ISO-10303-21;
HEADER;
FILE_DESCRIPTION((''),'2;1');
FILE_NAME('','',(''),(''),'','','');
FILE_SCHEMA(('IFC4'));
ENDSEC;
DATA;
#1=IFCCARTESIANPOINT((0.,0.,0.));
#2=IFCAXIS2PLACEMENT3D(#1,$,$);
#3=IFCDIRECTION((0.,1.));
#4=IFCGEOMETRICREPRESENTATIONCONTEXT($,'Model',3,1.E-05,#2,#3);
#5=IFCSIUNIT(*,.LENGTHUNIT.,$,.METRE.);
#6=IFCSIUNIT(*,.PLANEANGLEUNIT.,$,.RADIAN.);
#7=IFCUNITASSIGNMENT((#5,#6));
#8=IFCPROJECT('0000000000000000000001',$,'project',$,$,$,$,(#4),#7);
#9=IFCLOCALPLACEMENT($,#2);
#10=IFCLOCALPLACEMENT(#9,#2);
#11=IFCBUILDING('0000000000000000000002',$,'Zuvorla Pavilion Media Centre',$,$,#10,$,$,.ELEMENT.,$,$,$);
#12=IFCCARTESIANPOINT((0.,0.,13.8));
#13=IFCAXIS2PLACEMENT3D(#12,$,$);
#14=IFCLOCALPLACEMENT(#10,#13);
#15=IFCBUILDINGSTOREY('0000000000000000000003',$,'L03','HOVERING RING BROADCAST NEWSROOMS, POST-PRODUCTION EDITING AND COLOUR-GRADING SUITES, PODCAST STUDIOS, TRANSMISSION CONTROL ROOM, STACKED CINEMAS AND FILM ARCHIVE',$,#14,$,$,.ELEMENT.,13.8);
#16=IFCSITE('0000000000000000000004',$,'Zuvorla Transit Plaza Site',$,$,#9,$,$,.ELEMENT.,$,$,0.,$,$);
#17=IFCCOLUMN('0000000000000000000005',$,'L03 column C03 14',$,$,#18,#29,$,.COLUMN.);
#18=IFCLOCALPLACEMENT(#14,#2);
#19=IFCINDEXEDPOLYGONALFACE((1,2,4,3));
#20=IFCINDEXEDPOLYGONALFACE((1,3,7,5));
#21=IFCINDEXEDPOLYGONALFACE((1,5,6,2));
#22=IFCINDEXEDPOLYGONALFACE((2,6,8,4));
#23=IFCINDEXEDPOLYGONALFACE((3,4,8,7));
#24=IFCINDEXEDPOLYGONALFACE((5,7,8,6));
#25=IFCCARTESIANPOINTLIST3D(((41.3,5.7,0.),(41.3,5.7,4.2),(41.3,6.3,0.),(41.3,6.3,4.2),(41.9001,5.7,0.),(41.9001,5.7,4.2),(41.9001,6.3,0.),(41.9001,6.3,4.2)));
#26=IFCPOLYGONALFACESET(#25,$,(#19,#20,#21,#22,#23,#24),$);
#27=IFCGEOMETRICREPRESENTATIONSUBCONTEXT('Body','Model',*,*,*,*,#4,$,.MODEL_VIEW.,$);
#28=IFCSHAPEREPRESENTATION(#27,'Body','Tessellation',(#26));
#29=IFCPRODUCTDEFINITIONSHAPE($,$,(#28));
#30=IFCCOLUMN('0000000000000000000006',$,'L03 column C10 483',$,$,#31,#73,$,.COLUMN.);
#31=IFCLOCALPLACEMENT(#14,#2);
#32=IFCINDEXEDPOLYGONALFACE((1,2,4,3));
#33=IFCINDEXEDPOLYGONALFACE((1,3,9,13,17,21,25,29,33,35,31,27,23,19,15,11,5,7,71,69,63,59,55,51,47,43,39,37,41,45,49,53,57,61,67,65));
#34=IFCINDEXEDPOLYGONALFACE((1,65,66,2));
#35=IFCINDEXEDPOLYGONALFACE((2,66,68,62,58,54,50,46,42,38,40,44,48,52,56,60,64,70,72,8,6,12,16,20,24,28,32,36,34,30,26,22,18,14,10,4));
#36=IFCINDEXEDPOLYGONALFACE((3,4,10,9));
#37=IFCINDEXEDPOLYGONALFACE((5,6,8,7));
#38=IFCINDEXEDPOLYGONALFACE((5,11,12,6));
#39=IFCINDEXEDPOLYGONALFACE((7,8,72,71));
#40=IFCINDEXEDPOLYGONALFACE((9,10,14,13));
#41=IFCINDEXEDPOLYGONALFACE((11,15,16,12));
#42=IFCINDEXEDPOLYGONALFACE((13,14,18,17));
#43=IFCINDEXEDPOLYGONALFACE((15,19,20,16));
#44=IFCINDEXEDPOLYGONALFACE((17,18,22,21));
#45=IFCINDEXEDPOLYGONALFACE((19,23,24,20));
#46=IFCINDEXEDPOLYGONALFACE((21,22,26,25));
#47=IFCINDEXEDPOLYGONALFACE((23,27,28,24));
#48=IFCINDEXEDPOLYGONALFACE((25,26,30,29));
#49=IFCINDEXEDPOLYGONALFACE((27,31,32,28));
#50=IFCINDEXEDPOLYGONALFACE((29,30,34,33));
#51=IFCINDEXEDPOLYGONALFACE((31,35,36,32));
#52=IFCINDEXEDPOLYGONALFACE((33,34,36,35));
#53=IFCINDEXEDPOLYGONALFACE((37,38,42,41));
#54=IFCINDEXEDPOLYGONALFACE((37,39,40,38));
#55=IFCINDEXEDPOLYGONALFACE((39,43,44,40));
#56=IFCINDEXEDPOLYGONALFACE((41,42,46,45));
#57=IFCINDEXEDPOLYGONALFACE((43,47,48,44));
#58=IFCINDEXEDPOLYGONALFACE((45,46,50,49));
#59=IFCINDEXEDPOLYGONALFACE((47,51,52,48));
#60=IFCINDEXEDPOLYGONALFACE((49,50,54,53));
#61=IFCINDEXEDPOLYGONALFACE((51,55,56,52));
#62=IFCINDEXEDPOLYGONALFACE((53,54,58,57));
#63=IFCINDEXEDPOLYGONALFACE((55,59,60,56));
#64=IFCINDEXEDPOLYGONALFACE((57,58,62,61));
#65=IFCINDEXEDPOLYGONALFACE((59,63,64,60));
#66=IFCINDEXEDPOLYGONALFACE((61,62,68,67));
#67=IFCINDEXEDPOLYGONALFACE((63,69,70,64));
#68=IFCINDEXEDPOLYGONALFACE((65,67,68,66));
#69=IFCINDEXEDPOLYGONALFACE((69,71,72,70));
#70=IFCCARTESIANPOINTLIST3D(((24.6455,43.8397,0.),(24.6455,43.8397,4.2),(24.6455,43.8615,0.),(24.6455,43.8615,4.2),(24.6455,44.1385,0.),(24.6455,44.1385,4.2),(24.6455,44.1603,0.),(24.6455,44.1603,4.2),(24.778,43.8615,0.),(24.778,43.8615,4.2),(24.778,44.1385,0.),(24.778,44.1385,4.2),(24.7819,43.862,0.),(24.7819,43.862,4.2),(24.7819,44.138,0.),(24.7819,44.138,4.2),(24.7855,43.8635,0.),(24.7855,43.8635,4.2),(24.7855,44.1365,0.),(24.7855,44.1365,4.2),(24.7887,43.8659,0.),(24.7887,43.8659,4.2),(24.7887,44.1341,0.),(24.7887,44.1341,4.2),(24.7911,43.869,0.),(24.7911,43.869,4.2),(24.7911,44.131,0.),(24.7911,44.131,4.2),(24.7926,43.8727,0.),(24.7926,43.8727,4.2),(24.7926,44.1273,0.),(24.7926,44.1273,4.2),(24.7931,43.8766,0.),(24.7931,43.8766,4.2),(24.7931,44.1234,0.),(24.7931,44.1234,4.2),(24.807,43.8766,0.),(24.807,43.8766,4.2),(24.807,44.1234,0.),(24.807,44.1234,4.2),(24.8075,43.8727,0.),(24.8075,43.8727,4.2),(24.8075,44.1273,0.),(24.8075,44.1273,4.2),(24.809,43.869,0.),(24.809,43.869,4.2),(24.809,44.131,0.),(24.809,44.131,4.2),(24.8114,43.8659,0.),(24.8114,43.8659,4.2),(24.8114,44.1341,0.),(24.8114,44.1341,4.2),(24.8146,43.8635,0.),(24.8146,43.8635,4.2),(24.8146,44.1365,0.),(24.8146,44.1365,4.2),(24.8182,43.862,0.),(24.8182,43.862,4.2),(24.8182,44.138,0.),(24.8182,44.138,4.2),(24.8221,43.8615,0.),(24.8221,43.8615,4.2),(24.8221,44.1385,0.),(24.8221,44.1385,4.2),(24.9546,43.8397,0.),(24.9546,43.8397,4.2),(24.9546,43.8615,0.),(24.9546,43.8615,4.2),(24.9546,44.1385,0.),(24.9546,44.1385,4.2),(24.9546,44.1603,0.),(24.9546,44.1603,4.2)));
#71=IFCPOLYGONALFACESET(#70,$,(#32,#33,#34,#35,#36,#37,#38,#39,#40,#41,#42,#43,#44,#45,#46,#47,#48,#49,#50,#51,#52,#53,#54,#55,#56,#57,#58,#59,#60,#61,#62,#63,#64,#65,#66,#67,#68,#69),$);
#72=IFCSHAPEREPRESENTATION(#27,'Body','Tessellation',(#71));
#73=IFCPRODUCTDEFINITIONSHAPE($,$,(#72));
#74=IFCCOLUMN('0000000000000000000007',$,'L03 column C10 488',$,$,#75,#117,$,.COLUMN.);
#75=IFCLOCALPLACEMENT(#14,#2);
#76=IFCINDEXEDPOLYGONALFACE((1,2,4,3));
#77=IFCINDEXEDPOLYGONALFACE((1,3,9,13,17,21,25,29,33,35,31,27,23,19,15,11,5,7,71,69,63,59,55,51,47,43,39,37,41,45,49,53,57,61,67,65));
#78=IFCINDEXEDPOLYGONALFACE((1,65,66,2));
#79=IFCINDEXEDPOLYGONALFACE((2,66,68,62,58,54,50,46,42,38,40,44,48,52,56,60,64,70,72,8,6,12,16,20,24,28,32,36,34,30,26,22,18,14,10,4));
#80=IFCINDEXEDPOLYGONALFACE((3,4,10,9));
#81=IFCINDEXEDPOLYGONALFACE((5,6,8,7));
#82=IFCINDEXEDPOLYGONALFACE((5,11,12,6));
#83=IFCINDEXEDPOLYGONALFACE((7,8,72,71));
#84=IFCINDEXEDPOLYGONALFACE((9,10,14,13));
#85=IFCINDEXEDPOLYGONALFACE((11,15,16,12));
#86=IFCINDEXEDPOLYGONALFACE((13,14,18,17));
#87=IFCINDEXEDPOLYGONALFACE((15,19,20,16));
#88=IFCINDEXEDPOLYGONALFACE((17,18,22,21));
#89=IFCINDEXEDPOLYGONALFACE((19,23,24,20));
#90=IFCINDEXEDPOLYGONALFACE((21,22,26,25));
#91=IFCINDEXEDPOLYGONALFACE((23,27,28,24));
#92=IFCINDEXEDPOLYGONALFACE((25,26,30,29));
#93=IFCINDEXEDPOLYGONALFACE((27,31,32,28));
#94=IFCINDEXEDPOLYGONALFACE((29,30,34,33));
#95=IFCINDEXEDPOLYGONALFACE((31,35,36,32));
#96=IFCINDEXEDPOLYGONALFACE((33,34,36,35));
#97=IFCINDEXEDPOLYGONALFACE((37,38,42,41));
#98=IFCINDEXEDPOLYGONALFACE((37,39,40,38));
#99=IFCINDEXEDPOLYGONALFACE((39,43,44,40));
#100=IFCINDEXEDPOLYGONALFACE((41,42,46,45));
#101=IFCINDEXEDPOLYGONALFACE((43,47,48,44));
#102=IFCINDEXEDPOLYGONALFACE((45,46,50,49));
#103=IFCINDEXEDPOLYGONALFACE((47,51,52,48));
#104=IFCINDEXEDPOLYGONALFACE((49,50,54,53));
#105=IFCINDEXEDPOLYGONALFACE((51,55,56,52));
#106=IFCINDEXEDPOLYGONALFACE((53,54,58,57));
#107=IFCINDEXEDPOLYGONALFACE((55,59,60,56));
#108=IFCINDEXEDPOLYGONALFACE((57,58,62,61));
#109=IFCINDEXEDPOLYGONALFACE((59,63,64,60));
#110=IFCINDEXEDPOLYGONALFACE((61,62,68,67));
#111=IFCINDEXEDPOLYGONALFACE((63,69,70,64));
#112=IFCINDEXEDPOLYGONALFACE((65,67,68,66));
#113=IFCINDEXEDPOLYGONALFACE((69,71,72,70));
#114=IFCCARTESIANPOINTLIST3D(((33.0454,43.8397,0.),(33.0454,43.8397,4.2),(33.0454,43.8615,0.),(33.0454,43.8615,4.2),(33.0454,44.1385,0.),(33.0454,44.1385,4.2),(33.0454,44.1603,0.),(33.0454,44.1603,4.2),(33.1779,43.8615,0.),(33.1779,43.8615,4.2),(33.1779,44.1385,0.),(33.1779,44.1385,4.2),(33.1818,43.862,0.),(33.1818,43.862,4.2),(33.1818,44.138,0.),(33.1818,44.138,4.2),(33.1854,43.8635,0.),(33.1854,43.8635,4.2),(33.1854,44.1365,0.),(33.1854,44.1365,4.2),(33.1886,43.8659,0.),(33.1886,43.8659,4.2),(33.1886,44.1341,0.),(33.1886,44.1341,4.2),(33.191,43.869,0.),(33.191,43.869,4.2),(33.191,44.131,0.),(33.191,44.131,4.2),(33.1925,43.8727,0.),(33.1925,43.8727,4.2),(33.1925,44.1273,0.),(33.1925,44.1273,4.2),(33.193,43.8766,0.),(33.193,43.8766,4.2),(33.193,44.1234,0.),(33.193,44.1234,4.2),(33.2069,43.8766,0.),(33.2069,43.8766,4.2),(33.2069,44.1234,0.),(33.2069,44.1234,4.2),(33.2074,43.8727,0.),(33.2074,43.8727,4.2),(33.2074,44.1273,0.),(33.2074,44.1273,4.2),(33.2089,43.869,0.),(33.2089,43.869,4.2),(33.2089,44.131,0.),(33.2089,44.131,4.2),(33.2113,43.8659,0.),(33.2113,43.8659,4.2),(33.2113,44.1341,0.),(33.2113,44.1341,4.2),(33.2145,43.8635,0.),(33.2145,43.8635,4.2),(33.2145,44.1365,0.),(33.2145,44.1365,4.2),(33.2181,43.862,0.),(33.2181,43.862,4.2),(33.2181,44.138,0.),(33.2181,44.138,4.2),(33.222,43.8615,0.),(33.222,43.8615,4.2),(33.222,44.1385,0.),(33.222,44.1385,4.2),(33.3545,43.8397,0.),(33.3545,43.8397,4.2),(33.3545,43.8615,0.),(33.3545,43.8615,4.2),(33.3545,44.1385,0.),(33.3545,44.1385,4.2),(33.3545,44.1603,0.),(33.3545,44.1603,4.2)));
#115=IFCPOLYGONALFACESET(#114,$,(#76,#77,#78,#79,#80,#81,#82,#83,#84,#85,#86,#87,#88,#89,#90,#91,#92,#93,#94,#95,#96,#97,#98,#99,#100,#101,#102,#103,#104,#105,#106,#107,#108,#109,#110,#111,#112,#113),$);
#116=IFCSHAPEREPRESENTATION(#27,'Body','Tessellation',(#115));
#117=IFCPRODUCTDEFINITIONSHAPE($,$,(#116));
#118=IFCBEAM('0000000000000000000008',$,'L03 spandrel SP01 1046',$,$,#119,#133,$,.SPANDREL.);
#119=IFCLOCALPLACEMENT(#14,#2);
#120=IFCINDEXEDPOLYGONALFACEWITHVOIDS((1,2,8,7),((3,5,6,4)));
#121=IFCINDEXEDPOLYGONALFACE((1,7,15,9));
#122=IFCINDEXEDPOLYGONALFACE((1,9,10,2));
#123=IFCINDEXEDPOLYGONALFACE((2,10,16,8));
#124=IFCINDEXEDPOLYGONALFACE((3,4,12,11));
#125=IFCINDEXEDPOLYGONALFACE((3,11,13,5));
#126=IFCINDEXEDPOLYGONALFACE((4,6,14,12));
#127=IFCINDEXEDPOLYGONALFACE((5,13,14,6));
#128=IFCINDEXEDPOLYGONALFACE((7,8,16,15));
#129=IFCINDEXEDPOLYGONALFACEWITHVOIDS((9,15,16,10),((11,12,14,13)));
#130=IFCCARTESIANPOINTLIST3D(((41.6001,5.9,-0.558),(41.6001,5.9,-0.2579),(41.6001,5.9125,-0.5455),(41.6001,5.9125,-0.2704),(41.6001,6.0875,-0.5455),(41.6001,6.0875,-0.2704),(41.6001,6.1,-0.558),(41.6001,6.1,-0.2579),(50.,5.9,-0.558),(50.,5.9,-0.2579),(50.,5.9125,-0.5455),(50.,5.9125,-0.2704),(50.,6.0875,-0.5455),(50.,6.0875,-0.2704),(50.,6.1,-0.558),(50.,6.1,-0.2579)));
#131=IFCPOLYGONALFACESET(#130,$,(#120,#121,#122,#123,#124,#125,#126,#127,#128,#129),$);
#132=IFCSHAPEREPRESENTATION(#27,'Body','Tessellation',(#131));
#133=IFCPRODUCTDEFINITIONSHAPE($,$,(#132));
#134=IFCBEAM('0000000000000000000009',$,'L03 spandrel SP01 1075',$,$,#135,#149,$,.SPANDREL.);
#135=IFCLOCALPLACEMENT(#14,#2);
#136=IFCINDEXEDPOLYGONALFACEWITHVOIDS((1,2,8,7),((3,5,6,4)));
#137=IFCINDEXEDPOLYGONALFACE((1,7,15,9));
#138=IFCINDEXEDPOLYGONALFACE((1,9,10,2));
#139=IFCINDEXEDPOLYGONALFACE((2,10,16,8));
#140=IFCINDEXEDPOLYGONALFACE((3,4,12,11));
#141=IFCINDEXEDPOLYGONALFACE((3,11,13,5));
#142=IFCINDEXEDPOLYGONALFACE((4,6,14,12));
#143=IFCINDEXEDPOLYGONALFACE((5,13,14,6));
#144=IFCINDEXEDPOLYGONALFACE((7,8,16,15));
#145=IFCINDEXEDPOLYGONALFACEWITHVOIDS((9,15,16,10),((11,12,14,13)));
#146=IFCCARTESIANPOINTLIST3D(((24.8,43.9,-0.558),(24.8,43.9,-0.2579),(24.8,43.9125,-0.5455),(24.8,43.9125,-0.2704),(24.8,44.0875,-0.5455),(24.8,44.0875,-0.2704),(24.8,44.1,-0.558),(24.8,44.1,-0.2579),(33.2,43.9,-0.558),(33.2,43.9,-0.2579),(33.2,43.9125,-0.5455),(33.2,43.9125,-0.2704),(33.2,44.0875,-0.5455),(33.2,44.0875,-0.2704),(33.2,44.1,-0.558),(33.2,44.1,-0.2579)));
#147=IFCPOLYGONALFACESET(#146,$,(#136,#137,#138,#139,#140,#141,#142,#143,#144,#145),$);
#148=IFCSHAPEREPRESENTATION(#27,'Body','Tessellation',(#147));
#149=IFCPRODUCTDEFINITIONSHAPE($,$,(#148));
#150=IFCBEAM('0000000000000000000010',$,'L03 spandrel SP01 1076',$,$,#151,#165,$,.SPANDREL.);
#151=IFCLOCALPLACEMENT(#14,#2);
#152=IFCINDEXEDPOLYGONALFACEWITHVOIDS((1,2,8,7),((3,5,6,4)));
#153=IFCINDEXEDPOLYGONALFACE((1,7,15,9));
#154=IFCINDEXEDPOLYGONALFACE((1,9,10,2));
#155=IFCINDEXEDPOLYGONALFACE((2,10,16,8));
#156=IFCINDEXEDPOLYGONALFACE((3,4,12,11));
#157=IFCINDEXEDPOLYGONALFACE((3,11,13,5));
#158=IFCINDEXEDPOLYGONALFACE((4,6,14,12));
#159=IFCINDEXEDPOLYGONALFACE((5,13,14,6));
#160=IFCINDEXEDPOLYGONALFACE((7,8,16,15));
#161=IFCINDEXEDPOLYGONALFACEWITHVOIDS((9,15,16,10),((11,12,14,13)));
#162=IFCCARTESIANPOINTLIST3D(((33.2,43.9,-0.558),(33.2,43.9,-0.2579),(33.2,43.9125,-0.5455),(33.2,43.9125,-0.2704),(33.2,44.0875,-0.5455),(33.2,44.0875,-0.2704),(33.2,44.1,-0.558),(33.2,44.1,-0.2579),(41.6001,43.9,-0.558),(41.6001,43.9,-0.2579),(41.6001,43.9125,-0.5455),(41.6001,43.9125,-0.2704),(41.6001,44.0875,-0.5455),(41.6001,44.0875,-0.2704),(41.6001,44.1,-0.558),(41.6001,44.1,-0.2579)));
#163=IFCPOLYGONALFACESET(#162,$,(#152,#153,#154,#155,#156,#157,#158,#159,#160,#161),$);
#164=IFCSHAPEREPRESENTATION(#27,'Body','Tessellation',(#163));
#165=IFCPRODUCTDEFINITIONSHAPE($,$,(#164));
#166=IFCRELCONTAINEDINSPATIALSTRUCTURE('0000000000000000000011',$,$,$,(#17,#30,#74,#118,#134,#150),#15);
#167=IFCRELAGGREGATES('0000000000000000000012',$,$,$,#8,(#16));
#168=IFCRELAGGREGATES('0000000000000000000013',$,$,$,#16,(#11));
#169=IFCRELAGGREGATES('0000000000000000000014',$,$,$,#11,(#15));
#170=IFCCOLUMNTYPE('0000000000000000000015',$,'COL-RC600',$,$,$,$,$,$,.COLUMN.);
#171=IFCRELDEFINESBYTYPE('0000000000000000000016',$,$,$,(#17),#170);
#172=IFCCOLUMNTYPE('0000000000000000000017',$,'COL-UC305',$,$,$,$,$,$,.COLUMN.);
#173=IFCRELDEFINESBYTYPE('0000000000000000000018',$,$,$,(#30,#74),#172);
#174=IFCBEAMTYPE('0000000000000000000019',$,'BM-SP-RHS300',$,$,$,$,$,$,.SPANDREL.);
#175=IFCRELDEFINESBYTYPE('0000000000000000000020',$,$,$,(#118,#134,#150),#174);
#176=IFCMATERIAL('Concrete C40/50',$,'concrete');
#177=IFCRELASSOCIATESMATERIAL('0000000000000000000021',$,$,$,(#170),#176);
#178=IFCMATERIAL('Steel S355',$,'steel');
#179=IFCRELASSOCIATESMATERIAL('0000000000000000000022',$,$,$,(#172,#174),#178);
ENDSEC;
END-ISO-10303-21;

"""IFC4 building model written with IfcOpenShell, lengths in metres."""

from ifc_helpers import new_model, si_unit, direction, frame, origin, origin_2d, place, context, subcontext, project, spatial, rectangle, hollow_rectangle, i_section, extrude, material, material_profile, profile_set, type_object, element, save


model = new_model("IFC4")

# Units and contexts
model_context = context("Model", 3, precision=1e-05, world=origin(), true_north=direction((0.0, 1.0)))
body_context = subcontext(model_context, "Body", "Model", "MODEL_VIEW")
ifc_project = project(units=[si_unit("LENGTHUNIT", "METRE"), si_unit("PLANEANGLEUNIT", "RADIAN")], contexts=[model_context])

# Site, building, storey
site_placement = place(None, origin())
site = spatial("IfcSite", under=ifc_project, at=site_placement, Name="Zuvorla Transit Plaza Site", CompositionType="ELEMENT", RefElevation=0.0)
building_placement = place(site_placement, origin())
building = spatial("IfcBuilding", under=site, at=building_placement, Name="Zuvorla Pavilion Media Centre", CompositionType="ELEMENT")
storey_placement = place(building_placement, frame((0.0, 0.0, 13.8)))
storey = spatial("IfcBuildingStorey", under=building, at=storey_placement, Name="L03", Description="HOVERING RING BROADCAST NEWSROOMS, POST-PRODUCTION EDITING AND COLOUR-GRADING SUITES, PODCAST STUDIOS, TRANSMISSION CONTROL ROOM, STACKED CINEMAS AND FILM ARCHIVE", CompositionType="ELEMENT", Elevation=13.8)

# Columns
ifc_material_1 = material(Name="Concrete C40/50", Category="concrete")
ifc_material_profile_1 = material_profile(ifc_material_1, rectangle(XDim=0.6001, YDim=0.6001, at=origin_2d()), Name="RC 600x600")
ifc_profile_set_1 = profile_set([ifc_material_profile_1], Name="Concrete C40/50")
column_type_1 = type_object("IfcColumnType", Name="COL-RC600", PredefinedType="COLUMN", material=ifc_profile_set_1)
column_placement = place(storey_placement, frame((41.6001, 6.0, 0.0), z_axis=(0.0, 0.0, 1.0), x_axis=(1.0, 0.0, 0.0)))
element("IfcColumn", 1, at=column_placement, inside=storey, type_object=column_type_1, Name="L03 column C03 14", PredefinedType="COLUMN", context=body_context, shape_type="SweptSolid", body=[
    extrude(rectangle(XDim=0.6001, YDim=0.6001, at=origin_2d()), origin(), (0.0, 0.0, 1.0), 4.2),
])
ifc_material_2 = material(Name="Steel S355", Category="steel")
ifc_material_profile_2 = material_profile(ifc_material_2, i_section(OverallWidth=0.3091, OverallDepth=0.3206, WebThickness=0.0139, FlangeThickness=0.0217, FilletRadius=0.0151, at=origin_2d()), Name="UC 305x305x137")
ifc_profile_set_2 = profile_set([ifc_material_profile_2], Name="Steel S355")
column_type_2 = type_object("IfcColumnType", Name="COL-UC305", PredefinedType="COLUMN", material=ifc_profile_set_2)
for number, where, z_axis, x_axis, name in (
    (2, (24.8, 44.0, 0.0), (0.0, 0.0, 1.0), (1.0, 0.0, 0.0), "L03 column C10 483"),
    (3, (33.2, 44.0, 0.0), (0.0, 0.0, 1.0), (1.0, 0.0, 0.0), "L03 column C10 488"),
):
    element("IfcColumn", number, at=place(storey_placement, frame(where, z_axis=z_axis, x_axis=x_axis)), inside=storey, type_object=column_type_2, Name=name, PredefinedType="COLUMN", context=body_context, shape_type="SweptSolid", body=[
        extrude(i_section(OverallWidth=0.3091, OverallDepth=0.3206, WebThickness=0.0139, FlangeThickness=0.0217, FilletRadius=0.0151, at=origin_2d()), origin(), (0.0, 0.0, 1.0), 4.2),
    ])

# Beams
ifc_material_profile_3 = material_profile(ifc_material_2, hollow_rectangle(XDim=0.2, YDim=0.3, WallThickness=0.0125, at=origin_2d()), Name="RHS 300x200x12.5")
ifc_profile_set_3 = profile_set([ifc_material_profile_3], Name="Steel S355")
beam_type_1 = type_object("IfcBeamType", Name="BM-SP-RHS300", PredefinedType="SPANDREL", material=ifc_profile_set_3)
for number, where, z_axis, x_axis, name in (
    (4, (41.6001, 6.0, -0.408), (1.0, 0.0, 0.0), (0.0, 1.0, 0.0), "L03 spandrel SP01 1046"),
    (5, (24.8, 44.0, -0.408), (1.0, 0.0, 0.0), (0.0, 1.0, 0.0), "L03 spandrel SP01 1075"),
):
    element("IfcBeam", number, at=place(storey_placement, frame(where, z_axis=z_axis, x_axis=x_axis)), inside=storey, type_object=beam_type_1, Name=name, PredefinedType="SPANDREL", context=body_context, shape_type="SweptSolid", body=[
        extrude(hollow_rectangle(XDim=0.2, YDim=0.3, WallThickness=0.0125, at=origin_2d()), origin(), (0.0, 0.0, 1.0), 8.3999),
    ])
beam_placement = place(storey_placement, frame((33.2, 44.0, -0.408), z_axis=(1.0, 0.0, 0.0), x_axis=(0.0, 1.0, 0.0)))
element("IfcBeam", 6, at=beam_placement, inside=storey, type_object=beam_type_1, Name="L03 spandrel SP01 1076", PredefinedType="SPANDREL", context=body_context, shape_type="SweptSolid", body=[
    extrude(hollow_rectangle(XDim=0.2, YDim=0.3, WallThickness=0.0125, at=origin_2d()), origin(), (0.0, 0.0, 1.0), 8.4001),
])

save(model, "model.ifc")
